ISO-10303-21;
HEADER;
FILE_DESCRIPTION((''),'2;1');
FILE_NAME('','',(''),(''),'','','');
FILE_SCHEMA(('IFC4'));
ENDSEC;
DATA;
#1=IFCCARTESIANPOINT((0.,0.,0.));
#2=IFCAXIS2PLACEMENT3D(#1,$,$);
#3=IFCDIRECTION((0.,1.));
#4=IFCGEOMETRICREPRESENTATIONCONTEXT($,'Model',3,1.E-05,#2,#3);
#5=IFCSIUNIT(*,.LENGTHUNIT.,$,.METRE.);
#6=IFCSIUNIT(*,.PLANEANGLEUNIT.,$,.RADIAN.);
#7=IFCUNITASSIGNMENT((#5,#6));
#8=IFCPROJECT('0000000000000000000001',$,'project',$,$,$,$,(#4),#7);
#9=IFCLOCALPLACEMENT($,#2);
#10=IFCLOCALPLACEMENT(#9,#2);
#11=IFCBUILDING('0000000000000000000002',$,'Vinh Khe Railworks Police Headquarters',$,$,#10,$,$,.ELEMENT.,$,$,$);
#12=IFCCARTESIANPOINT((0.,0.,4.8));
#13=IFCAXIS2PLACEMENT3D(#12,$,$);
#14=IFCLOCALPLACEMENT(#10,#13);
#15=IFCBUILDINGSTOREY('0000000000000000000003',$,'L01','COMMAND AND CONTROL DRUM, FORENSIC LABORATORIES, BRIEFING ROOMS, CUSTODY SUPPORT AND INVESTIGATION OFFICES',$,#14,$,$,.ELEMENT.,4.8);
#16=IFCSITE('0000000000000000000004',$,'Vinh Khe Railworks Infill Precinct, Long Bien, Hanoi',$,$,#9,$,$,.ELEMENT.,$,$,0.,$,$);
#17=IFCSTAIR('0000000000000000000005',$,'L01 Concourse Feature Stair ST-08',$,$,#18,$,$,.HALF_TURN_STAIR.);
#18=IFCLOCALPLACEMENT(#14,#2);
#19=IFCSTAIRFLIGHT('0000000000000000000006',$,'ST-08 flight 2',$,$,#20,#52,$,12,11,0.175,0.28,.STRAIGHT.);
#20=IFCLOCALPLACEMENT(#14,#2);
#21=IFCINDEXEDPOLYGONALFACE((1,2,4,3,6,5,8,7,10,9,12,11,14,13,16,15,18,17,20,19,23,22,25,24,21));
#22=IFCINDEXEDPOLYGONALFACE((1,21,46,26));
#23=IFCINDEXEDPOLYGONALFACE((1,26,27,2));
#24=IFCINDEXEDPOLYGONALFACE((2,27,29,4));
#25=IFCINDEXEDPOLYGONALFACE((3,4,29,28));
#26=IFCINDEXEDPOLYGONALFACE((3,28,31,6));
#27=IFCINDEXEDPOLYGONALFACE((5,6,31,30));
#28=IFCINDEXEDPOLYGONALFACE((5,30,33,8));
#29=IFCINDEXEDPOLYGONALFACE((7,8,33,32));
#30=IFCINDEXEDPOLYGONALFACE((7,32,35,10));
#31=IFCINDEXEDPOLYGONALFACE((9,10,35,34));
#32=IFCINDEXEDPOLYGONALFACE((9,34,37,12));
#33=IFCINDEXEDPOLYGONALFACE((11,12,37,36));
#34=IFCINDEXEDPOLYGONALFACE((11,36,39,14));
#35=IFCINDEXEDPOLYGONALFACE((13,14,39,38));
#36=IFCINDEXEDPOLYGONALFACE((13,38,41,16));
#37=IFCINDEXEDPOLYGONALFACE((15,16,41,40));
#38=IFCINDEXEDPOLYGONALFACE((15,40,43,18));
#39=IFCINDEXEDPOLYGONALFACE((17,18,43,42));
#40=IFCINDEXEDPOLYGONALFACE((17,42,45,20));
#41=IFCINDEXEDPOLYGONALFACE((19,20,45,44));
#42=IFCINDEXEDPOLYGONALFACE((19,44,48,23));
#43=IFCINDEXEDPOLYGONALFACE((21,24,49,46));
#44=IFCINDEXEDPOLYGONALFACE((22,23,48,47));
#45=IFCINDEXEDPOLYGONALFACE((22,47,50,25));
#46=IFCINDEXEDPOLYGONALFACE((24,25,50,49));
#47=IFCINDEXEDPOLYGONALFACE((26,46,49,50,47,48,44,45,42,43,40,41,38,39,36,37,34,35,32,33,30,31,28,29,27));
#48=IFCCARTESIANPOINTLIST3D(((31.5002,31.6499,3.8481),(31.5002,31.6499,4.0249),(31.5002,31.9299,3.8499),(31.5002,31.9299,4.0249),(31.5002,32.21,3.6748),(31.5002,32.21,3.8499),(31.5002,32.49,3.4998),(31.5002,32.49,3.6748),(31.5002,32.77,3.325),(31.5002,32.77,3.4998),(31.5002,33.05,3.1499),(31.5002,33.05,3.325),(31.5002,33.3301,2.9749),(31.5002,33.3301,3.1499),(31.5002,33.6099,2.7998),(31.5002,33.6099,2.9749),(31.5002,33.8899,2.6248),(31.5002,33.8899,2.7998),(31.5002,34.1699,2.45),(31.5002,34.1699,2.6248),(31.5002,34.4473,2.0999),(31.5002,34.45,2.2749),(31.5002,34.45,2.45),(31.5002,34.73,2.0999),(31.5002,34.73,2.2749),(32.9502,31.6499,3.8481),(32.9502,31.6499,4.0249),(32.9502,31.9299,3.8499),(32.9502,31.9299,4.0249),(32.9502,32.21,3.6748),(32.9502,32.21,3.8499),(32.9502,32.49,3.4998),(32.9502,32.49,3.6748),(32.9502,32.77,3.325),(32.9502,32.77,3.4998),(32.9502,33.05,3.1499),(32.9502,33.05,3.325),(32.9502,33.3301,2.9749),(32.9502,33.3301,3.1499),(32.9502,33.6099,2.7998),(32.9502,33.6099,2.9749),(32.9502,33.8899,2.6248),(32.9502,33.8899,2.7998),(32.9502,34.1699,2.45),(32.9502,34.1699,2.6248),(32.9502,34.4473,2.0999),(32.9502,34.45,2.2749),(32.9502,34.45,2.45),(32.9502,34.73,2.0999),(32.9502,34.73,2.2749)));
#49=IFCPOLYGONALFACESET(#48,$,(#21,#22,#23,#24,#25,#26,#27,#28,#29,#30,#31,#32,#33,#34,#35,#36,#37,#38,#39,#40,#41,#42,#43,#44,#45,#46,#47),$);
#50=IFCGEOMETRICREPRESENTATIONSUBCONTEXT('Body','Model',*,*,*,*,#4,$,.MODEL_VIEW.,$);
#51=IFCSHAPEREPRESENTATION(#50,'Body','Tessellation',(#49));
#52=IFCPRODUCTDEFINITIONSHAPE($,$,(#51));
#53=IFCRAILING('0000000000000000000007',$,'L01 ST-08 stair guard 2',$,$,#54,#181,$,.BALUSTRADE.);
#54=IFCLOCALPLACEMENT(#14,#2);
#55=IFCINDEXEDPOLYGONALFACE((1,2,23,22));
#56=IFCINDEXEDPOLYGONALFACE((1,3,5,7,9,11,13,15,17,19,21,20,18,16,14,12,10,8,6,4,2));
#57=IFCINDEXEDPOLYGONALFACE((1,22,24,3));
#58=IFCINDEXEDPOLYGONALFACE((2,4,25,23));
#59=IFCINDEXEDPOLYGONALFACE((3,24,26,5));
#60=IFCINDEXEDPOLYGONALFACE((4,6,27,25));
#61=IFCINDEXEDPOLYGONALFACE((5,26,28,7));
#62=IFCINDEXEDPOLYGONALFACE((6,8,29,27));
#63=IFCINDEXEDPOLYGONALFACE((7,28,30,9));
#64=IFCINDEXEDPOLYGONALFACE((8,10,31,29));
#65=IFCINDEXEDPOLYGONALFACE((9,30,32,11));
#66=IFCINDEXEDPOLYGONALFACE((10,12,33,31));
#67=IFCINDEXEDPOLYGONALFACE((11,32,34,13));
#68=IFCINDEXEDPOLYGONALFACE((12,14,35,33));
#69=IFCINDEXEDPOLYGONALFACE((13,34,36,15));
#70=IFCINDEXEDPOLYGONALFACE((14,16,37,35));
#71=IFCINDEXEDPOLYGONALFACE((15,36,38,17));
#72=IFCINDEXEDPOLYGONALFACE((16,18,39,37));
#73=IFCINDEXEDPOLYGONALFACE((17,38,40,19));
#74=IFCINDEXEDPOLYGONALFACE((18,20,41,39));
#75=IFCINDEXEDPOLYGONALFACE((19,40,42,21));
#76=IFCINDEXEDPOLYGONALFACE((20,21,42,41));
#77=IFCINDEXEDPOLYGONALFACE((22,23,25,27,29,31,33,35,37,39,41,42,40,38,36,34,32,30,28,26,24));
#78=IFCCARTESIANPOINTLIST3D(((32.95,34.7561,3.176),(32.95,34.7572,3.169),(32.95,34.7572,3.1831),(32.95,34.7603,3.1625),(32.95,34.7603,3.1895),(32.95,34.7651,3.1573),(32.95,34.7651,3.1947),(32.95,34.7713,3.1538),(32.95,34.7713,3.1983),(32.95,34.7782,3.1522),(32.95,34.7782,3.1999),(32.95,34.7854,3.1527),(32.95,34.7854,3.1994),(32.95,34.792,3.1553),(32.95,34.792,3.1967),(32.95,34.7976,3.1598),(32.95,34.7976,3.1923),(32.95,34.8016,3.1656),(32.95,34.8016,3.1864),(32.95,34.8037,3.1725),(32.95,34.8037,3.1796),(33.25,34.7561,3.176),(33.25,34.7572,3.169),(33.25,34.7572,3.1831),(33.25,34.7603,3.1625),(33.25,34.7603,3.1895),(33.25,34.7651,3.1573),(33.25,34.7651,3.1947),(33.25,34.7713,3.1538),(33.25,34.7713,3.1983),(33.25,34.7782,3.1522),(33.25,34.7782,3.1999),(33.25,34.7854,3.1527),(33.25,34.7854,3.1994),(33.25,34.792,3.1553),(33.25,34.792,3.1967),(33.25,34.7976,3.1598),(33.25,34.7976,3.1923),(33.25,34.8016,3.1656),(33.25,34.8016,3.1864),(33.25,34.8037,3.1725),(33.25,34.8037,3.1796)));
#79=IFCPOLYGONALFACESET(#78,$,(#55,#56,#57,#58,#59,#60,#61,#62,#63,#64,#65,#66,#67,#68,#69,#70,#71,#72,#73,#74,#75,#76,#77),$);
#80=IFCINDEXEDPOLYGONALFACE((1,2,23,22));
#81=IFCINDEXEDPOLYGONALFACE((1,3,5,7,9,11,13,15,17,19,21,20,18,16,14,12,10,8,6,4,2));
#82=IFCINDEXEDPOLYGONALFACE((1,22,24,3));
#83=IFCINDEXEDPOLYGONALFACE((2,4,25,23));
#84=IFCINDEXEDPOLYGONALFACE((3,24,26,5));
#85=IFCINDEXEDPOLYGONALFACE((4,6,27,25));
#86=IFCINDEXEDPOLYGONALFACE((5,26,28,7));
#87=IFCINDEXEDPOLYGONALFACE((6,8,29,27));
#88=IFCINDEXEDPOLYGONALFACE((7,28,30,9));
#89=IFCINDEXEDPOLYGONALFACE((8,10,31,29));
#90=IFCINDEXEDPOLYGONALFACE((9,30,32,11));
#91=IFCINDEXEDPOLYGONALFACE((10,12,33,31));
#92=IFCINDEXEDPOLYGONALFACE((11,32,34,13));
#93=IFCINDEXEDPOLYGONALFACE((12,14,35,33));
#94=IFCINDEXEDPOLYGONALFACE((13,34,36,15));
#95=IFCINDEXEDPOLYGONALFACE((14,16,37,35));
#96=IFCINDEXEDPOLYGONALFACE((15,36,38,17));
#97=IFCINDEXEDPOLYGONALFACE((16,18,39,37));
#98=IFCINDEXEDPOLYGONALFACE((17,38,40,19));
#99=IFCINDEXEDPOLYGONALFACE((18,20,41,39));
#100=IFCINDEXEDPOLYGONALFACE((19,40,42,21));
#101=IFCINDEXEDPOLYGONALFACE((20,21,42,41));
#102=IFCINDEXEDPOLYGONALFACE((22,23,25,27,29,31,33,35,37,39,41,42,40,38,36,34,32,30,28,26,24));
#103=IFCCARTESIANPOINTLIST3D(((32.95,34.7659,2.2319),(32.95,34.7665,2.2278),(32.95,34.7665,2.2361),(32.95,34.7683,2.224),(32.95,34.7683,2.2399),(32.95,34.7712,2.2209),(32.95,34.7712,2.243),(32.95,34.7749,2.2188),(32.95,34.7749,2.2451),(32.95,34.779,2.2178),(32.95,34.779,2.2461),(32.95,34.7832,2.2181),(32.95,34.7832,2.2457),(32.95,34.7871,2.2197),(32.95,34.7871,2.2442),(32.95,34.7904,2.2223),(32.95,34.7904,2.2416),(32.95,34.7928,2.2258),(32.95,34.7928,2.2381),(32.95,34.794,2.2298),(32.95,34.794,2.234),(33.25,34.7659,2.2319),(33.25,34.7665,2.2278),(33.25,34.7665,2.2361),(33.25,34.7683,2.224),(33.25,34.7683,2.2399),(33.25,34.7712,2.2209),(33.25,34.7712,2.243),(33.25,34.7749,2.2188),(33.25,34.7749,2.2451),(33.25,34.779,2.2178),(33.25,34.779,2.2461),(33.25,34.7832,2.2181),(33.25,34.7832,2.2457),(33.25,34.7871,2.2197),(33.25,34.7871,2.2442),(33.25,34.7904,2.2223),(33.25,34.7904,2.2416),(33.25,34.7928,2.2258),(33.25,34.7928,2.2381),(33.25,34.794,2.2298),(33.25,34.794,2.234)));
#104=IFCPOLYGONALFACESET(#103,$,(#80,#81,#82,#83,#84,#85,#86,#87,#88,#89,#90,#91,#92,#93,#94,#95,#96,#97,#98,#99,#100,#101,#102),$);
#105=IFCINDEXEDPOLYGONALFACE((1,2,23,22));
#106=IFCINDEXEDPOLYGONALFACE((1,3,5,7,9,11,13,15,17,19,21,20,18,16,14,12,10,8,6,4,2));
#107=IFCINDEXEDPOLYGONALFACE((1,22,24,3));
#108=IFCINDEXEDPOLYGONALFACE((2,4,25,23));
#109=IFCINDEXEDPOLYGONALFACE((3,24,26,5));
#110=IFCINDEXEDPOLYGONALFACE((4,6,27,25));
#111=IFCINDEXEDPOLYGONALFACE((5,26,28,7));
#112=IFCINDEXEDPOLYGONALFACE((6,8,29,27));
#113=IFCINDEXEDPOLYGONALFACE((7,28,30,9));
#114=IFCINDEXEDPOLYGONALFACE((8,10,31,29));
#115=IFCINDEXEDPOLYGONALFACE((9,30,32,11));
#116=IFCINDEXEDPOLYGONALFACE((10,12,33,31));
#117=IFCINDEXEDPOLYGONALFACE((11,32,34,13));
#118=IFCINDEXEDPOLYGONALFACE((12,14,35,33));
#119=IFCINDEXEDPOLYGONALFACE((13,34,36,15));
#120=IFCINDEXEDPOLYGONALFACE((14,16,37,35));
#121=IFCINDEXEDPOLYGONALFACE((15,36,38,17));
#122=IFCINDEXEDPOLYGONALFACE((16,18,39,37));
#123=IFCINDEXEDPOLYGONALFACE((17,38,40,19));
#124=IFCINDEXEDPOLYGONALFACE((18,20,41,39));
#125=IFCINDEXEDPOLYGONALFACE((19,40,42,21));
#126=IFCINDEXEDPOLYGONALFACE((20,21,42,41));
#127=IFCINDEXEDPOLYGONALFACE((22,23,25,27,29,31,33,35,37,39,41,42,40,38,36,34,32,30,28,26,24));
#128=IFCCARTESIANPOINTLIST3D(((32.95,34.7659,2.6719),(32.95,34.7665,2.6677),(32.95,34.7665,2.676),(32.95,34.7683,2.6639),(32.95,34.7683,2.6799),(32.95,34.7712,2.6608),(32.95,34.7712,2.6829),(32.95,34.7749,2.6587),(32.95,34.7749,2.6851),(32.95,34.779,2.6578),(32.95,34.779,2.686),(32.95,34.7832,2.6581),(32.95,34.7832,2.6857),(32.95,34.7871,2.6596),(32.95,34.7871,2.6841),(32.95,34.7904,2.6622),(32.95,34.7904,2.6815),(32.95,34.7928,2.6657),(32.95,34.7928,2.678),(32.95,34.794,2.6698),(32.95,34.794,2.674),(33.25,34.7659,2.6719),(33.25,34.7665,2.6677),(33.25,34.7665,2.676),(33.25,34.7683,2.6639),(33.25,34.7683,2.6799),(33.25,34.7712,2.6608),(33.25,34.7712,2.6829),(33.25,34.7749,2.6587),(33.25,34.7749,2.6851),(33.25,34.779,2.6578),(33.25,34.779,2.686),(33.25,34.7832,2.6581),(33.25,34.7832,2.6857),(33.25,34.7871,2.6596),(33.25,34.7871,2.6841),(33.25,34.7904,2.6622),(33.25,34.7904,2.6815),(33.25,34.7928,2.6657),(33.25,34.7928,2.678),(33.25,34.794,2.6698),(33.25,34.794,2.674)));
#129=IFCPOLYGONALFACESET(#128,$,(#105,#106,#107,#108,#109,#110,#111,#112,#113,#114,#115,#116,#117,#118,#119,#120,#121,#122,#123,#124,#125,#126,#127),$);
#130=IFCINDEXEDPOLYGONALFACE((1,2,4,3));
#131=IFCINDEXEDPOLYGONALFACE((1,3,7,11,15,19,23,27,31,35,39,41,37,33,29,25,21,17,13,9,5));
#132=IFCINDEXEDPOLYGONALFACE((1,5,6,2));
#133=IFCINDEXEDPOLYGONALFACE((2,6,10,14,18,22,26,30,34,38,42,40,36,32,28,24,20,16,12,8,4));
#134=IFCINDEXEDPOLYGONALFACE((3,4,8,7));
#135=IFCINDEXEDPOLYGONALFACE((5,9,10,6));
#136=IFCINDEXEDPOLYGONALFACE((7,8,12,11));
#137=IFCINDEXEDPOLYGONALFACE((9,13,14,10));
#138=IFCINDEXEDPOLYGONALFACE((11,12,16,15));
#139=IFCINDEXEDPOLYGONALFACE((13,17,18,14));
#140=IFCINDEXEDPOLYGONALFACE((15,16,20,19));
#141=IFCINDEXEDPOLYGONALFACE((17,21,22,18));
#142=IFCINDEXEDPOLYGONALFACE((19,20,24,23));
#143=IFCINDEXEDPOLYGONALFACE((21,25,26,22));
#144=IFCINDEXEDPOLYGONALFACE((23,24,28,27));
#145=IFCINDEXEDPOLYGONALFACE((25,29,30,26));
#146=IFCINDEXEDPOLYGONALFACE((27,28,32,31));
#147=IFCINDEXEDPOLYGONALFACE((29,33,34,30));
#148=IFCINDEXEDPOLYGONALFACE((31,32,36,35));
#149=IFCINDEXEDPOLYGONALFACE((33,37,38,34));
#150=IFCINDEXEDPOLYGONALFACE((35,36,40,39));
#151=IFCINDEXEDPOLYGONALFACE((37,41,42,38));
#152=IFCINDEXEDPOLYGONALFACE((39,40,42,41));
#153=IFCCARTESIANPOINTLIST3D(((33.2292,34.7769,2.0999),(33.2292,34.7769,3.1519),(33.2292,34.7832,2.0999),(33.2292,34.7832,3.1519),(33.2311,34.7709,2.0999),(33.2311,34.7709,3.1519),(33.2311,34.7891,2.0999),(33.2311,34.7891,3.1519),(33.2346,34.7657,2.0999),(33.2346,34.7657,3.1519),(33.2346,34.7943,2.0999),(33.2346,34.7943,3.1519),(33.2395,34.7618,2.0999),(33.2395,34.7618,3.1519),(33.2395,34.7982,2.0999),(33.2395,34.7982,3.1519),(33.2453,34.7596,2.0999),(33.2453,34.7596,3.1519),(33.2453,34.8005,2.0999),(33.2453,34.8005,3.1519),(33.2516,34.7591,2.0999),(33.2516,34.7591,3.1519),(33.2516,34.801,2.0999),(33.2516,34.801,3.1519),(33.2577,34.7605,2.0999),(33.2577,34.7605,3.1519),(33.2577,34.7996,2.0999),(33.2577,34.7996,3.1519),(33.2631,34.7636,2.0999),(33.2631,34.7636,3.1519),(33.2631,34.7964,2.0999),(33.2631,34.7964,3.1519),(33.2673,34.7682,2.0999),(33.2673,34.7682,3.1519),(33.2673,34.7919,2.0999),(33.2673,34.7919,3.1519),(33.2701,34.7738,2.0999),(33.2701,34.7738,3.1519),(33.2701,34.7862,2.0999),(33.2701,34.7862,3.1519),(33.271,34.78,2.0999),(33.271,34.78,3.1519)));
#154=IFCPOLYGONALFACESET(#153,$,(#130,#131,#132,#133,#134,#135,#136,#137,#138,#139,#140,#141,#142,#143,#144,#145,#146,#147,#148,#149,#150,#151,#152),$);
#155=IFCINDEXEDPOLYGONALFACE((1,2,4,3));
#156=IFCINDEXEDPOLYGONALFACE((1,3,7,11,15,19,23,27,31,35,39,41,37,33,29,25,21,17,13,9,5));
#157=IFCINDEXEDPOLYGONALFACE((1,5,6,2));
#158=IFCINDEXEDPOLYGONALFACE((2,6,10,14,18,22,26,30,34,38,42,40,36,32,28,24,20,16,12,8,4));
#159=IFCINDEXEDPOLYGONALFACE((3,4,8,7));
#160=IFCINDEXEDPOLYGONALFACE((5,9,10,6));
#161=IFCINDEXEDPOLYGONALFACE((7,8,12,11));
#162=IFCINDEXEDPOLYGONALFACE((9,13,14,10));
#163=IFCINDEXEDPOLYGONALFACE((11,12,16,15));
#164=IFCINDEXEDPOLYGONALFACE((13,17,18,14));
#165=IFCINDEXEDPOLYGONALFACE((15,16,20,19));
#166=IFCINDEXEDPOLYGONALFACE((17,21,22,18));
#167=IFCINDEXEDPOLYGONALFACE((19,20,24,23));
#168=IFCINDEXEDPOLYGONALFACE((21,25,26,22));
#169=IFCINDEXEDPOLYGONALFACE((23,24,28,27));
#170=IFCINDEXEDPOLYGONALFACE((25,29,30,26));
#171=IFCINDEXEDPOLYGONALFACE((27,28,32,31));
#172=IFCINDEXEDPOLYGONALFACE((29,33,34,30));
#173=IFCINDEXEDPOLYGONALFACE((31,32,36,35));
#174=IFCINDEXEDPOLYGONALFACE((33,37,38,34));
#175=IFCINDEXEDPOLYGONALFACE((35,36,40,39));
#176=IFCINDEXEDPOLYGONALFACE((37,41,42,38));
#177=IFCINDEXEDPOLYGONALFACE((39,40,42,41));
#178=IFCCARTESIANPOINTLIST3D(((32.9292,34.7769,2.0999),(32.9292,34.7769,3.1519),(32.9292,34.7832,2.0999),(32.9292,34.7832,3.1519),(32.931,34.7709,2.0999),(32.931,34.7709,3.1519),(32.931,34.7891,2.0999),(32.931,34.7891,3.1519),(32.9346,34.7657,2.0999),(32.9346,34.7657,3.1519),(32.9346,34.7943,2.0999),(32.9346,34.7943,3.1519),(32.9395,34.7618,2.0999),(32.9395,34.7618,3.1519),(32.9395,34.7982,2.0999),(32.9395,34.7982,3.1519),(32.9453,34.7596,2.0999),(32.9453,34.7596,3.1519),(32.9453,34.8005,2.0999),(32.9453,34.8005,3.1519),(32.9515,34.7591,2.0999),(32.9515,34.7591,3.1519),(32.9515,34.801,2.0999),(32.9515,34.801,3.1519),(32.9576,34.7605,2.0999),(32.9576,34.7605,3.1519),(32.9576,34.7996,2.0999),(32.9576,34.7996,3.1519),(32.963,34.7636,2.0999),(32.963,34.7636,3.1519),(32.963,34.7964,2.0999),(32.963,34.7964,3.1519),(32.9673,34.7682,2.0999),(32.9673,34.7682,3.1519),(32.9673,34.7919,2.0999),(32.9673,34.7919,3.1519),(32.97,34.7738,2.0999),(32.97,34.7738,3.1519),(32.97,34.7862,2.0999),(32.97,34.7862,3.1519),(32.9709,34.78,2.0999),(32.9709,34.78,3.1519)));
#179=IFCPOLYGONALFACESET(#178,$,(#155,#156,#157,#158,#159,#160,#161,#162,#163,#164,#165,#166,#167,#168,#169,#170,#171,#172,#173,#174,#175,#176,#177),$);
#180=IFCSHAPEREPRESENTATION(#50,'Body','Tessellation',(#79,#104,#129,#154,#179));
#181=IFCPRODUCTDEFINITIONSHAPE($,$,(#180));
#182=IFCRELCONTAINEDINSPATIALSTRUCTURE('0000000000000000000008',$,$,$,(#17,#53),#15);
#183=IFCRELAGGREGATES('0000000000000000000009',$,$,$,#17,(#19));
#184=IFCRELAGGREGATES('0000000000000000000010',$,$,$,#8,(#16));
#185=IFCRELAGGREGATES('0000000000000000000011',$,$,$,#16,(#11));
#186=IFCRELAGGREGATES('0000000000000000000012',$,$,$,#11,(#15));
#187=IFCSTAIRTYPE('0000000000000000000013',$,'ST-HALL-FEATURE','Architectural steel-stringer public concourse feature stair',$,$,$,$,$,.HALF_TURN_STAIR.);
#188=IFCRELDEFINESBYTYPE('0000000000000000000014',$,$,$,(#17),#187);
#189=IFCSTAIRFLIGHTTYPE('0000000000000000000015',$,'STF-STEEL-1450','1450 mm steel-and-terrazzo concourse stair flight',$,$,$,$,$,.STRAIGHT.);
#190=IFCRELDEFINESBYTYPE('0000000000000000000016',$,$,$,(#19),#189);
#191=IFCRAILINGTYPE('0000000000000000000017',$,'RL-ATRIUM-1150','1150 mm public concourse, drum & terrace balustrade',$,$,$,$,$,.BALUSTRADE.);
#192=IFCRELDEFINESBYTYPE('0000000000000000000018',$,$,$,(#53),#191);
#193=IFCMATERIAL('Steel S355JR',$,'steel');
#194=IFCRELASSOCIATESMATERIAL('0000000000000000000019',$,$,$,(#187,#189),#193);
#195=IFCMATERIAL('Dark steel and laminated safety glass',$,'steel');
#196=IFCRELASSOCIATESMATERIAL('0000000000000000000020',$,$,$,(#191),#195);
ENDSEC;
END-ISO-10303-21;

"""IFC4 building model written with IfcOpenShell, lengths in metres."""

from ifc_helpers import new_model, si_unit, direction, frame, origin, origin_2d, place, context, subcontext, project, spatial, polyline, circle, outline, extrude, material, type_object, element, aggregate, save


model = new_model("IFC4")

# Units and contexts
model_context = context("Model", 3, precision=1e-05, world=origin(), true_north=direction((0.0, 1.0)))
body_context = subcontext(model_context, "Body", "Model", "MODEL_VIEW")
ifc_project = project(units=[si_unit("LENGTHUNIT", "METRE"), si_unit("PLANEANGLEUNIT", "RADIAN")], contexts=[model_context])

# Site, building, storey
site_placement = place(None, origin())
site = spatial("IfcSite", under=ifc_project, at=site_placement, Name="Vinh Khe Railworks Infill Precinct, Long Bien, Hanoi", CompositionType="ELEMENT", RefElevation=0.0)
building_placement = place(site_placement, origin())
building = spatial("IfcBuilding", under=site, at=building_placement, Name="Vinh Khe Railworks Police Headquarters", CompositionType="ELEMENT")
storey_placement = place(building_placement, frame((0.0, 0.0, 4.8)))
storey = spatial("IfcBuildingStorey", under=building, at=storey_placement, Name="L01", Description="COMMAND AND CONTROL DRUM, FORENSIC LABORATORIES, BRIEFING ROOMS, CUSTODY SUPPORT AND INVESTIGATION OFFICES", CompositionType="ELEMENT", Elevation=4.8)

# Shared definitions
ifc_material_1 = material(Name="Steel S355JR", Category="steel")

# Stair, stair flight
stair_type = type_object("IfcStairType", Name="ST-HALL-FEATURE", Description="Architectural steel-stringer public concourse feature stair", PredefinedType="HALF_TURN_STAIR", material=ifc_material_1)
stair_placement = place(storey_placement, origin())
stair = element("IfcStair", 1, at=stair_placement, inside=storey, type_object=stair_type, Name="L01 Concourse Feature Stair ST-08", PredefinedType="HALF_TURN_STAIR")
stair_flight_type = type_object("IfcStairFlightType", Name="STF-STEEL-1450", Description="1450 mm steel-and-terrazzo concourse stair flight", PredefinedType="STRAIGHT", material=ifc_material_1)
stair_flight_placement = place(storey_placement, frame((32.2251, 34.73, 2.0999), z_axis=(0.0, 0.0, 1.0), x_axis=(0.0, -1.0, 0.0)))
stair_flight = element("IfcStairFlight", 2, at=stair_flight_placement, type_object=stair_flight_type, Name="ST-08 flight 2", NumberOfRisers=12, NumberOfTreads=11, PredefinedType="STRAIGHT", RiserHeight=0.175, TreadLength=0.28, context=body_context, shape_type="SweptSolid", body=[
    extrude(outline(polyline([(0.0, 0.0), (0.0, 0.175), (0.28, 0.175), (0.28, 0.3501), (0.5601, 0.3501), (0.5601, 0.5249), (0.8401, 0.5249), (0.8401, 0.7), (1.1201, 0.7), (1.1201, 0.875), (1.3999, 0.875), (1.3999, 1.05), (1.6799, 1.05), (1.6799, 1.2251), (1.96, 1.2251), (1.96, 1.3999), (2.24, 1.3999), (2.24, 1.575), (2.52, 1.575), (2.52, 1.75), (2.8, 1.75), (2.8, 1.925), (3.0801, 1.925), (3.0801, 2.1001), (3.0801, 1.7483), (0.2827, 0.0), (0.0, 0.0)])), frame((0.0, 0.7251, 0.0), z_axis=(0.0, -1.0, 0.0), x_axis=(1.0, 0.0, 0.0)), (0.0, 0.0, 1.0), 1.45),
])
aggregate(stair, [stair_flight])

# Railing
ifc_material_2 = material(Name="Dark steel and laminated safety glass", Category="steel")
railing_type_1 = type_object("IfcRailingType", Name="RL-ATRIUM-1150", Description="1150 mm public concourse, drum & terrace balustrade", PredefinedType="BALUSTRADE", material=ifc_material_2)
railing_1_placement = place(storey_placement, frame((33.25, 34.78, 2.0999)))
element("IfcRailing", 3, at=railing_1_placement, inside=storey, type_object=railing_type_1, Name="L01 ST-08 stair guard 2", PredefinedType="BALUSTRADE", context=body_context, shape_type="SweptSolid", body=[
    extrude(circle(Radius=0.0239, at=origin_2d()), frame((0.0, 0.0, 1.0762), z_axis=(-1.0, 0.0, 0.0), x_axis=(0.0, -1.0, 0.0)), (0.0, 0.0, 1.0), 0.3),
    extrude(circle(Radius=0.0142, at=origin_2d()), frame((0.0, 0.0, 0.1321), z_axis=(-1.0, 0.0, 0.0), x_axis=(0.0, -1.0, 0.0)), (0.0, 0.0, 1.0), 0.3),
    extrude(circle(Radius=0.0142, at=origin_2d()), frame((0.0, 0.0, 0.572), z_axis=(-1.0, 0.0, 0.0), x_axis=(0.0, -1.0, 0.0)), (0.0, 0.0, 1.0), 0.3),
    extrude(circle(Radius=0.021, at=origin_2d()), origin(), (0.0, 0.0, 1.0), 1.052),
    extrude(circle(Radius=0.021, at=origin_2d()), frame((-0.3, 0.0, 0.0)), (0.0, 0.0, 1.0), 1.052),
])

save(model, "model.ifc")
